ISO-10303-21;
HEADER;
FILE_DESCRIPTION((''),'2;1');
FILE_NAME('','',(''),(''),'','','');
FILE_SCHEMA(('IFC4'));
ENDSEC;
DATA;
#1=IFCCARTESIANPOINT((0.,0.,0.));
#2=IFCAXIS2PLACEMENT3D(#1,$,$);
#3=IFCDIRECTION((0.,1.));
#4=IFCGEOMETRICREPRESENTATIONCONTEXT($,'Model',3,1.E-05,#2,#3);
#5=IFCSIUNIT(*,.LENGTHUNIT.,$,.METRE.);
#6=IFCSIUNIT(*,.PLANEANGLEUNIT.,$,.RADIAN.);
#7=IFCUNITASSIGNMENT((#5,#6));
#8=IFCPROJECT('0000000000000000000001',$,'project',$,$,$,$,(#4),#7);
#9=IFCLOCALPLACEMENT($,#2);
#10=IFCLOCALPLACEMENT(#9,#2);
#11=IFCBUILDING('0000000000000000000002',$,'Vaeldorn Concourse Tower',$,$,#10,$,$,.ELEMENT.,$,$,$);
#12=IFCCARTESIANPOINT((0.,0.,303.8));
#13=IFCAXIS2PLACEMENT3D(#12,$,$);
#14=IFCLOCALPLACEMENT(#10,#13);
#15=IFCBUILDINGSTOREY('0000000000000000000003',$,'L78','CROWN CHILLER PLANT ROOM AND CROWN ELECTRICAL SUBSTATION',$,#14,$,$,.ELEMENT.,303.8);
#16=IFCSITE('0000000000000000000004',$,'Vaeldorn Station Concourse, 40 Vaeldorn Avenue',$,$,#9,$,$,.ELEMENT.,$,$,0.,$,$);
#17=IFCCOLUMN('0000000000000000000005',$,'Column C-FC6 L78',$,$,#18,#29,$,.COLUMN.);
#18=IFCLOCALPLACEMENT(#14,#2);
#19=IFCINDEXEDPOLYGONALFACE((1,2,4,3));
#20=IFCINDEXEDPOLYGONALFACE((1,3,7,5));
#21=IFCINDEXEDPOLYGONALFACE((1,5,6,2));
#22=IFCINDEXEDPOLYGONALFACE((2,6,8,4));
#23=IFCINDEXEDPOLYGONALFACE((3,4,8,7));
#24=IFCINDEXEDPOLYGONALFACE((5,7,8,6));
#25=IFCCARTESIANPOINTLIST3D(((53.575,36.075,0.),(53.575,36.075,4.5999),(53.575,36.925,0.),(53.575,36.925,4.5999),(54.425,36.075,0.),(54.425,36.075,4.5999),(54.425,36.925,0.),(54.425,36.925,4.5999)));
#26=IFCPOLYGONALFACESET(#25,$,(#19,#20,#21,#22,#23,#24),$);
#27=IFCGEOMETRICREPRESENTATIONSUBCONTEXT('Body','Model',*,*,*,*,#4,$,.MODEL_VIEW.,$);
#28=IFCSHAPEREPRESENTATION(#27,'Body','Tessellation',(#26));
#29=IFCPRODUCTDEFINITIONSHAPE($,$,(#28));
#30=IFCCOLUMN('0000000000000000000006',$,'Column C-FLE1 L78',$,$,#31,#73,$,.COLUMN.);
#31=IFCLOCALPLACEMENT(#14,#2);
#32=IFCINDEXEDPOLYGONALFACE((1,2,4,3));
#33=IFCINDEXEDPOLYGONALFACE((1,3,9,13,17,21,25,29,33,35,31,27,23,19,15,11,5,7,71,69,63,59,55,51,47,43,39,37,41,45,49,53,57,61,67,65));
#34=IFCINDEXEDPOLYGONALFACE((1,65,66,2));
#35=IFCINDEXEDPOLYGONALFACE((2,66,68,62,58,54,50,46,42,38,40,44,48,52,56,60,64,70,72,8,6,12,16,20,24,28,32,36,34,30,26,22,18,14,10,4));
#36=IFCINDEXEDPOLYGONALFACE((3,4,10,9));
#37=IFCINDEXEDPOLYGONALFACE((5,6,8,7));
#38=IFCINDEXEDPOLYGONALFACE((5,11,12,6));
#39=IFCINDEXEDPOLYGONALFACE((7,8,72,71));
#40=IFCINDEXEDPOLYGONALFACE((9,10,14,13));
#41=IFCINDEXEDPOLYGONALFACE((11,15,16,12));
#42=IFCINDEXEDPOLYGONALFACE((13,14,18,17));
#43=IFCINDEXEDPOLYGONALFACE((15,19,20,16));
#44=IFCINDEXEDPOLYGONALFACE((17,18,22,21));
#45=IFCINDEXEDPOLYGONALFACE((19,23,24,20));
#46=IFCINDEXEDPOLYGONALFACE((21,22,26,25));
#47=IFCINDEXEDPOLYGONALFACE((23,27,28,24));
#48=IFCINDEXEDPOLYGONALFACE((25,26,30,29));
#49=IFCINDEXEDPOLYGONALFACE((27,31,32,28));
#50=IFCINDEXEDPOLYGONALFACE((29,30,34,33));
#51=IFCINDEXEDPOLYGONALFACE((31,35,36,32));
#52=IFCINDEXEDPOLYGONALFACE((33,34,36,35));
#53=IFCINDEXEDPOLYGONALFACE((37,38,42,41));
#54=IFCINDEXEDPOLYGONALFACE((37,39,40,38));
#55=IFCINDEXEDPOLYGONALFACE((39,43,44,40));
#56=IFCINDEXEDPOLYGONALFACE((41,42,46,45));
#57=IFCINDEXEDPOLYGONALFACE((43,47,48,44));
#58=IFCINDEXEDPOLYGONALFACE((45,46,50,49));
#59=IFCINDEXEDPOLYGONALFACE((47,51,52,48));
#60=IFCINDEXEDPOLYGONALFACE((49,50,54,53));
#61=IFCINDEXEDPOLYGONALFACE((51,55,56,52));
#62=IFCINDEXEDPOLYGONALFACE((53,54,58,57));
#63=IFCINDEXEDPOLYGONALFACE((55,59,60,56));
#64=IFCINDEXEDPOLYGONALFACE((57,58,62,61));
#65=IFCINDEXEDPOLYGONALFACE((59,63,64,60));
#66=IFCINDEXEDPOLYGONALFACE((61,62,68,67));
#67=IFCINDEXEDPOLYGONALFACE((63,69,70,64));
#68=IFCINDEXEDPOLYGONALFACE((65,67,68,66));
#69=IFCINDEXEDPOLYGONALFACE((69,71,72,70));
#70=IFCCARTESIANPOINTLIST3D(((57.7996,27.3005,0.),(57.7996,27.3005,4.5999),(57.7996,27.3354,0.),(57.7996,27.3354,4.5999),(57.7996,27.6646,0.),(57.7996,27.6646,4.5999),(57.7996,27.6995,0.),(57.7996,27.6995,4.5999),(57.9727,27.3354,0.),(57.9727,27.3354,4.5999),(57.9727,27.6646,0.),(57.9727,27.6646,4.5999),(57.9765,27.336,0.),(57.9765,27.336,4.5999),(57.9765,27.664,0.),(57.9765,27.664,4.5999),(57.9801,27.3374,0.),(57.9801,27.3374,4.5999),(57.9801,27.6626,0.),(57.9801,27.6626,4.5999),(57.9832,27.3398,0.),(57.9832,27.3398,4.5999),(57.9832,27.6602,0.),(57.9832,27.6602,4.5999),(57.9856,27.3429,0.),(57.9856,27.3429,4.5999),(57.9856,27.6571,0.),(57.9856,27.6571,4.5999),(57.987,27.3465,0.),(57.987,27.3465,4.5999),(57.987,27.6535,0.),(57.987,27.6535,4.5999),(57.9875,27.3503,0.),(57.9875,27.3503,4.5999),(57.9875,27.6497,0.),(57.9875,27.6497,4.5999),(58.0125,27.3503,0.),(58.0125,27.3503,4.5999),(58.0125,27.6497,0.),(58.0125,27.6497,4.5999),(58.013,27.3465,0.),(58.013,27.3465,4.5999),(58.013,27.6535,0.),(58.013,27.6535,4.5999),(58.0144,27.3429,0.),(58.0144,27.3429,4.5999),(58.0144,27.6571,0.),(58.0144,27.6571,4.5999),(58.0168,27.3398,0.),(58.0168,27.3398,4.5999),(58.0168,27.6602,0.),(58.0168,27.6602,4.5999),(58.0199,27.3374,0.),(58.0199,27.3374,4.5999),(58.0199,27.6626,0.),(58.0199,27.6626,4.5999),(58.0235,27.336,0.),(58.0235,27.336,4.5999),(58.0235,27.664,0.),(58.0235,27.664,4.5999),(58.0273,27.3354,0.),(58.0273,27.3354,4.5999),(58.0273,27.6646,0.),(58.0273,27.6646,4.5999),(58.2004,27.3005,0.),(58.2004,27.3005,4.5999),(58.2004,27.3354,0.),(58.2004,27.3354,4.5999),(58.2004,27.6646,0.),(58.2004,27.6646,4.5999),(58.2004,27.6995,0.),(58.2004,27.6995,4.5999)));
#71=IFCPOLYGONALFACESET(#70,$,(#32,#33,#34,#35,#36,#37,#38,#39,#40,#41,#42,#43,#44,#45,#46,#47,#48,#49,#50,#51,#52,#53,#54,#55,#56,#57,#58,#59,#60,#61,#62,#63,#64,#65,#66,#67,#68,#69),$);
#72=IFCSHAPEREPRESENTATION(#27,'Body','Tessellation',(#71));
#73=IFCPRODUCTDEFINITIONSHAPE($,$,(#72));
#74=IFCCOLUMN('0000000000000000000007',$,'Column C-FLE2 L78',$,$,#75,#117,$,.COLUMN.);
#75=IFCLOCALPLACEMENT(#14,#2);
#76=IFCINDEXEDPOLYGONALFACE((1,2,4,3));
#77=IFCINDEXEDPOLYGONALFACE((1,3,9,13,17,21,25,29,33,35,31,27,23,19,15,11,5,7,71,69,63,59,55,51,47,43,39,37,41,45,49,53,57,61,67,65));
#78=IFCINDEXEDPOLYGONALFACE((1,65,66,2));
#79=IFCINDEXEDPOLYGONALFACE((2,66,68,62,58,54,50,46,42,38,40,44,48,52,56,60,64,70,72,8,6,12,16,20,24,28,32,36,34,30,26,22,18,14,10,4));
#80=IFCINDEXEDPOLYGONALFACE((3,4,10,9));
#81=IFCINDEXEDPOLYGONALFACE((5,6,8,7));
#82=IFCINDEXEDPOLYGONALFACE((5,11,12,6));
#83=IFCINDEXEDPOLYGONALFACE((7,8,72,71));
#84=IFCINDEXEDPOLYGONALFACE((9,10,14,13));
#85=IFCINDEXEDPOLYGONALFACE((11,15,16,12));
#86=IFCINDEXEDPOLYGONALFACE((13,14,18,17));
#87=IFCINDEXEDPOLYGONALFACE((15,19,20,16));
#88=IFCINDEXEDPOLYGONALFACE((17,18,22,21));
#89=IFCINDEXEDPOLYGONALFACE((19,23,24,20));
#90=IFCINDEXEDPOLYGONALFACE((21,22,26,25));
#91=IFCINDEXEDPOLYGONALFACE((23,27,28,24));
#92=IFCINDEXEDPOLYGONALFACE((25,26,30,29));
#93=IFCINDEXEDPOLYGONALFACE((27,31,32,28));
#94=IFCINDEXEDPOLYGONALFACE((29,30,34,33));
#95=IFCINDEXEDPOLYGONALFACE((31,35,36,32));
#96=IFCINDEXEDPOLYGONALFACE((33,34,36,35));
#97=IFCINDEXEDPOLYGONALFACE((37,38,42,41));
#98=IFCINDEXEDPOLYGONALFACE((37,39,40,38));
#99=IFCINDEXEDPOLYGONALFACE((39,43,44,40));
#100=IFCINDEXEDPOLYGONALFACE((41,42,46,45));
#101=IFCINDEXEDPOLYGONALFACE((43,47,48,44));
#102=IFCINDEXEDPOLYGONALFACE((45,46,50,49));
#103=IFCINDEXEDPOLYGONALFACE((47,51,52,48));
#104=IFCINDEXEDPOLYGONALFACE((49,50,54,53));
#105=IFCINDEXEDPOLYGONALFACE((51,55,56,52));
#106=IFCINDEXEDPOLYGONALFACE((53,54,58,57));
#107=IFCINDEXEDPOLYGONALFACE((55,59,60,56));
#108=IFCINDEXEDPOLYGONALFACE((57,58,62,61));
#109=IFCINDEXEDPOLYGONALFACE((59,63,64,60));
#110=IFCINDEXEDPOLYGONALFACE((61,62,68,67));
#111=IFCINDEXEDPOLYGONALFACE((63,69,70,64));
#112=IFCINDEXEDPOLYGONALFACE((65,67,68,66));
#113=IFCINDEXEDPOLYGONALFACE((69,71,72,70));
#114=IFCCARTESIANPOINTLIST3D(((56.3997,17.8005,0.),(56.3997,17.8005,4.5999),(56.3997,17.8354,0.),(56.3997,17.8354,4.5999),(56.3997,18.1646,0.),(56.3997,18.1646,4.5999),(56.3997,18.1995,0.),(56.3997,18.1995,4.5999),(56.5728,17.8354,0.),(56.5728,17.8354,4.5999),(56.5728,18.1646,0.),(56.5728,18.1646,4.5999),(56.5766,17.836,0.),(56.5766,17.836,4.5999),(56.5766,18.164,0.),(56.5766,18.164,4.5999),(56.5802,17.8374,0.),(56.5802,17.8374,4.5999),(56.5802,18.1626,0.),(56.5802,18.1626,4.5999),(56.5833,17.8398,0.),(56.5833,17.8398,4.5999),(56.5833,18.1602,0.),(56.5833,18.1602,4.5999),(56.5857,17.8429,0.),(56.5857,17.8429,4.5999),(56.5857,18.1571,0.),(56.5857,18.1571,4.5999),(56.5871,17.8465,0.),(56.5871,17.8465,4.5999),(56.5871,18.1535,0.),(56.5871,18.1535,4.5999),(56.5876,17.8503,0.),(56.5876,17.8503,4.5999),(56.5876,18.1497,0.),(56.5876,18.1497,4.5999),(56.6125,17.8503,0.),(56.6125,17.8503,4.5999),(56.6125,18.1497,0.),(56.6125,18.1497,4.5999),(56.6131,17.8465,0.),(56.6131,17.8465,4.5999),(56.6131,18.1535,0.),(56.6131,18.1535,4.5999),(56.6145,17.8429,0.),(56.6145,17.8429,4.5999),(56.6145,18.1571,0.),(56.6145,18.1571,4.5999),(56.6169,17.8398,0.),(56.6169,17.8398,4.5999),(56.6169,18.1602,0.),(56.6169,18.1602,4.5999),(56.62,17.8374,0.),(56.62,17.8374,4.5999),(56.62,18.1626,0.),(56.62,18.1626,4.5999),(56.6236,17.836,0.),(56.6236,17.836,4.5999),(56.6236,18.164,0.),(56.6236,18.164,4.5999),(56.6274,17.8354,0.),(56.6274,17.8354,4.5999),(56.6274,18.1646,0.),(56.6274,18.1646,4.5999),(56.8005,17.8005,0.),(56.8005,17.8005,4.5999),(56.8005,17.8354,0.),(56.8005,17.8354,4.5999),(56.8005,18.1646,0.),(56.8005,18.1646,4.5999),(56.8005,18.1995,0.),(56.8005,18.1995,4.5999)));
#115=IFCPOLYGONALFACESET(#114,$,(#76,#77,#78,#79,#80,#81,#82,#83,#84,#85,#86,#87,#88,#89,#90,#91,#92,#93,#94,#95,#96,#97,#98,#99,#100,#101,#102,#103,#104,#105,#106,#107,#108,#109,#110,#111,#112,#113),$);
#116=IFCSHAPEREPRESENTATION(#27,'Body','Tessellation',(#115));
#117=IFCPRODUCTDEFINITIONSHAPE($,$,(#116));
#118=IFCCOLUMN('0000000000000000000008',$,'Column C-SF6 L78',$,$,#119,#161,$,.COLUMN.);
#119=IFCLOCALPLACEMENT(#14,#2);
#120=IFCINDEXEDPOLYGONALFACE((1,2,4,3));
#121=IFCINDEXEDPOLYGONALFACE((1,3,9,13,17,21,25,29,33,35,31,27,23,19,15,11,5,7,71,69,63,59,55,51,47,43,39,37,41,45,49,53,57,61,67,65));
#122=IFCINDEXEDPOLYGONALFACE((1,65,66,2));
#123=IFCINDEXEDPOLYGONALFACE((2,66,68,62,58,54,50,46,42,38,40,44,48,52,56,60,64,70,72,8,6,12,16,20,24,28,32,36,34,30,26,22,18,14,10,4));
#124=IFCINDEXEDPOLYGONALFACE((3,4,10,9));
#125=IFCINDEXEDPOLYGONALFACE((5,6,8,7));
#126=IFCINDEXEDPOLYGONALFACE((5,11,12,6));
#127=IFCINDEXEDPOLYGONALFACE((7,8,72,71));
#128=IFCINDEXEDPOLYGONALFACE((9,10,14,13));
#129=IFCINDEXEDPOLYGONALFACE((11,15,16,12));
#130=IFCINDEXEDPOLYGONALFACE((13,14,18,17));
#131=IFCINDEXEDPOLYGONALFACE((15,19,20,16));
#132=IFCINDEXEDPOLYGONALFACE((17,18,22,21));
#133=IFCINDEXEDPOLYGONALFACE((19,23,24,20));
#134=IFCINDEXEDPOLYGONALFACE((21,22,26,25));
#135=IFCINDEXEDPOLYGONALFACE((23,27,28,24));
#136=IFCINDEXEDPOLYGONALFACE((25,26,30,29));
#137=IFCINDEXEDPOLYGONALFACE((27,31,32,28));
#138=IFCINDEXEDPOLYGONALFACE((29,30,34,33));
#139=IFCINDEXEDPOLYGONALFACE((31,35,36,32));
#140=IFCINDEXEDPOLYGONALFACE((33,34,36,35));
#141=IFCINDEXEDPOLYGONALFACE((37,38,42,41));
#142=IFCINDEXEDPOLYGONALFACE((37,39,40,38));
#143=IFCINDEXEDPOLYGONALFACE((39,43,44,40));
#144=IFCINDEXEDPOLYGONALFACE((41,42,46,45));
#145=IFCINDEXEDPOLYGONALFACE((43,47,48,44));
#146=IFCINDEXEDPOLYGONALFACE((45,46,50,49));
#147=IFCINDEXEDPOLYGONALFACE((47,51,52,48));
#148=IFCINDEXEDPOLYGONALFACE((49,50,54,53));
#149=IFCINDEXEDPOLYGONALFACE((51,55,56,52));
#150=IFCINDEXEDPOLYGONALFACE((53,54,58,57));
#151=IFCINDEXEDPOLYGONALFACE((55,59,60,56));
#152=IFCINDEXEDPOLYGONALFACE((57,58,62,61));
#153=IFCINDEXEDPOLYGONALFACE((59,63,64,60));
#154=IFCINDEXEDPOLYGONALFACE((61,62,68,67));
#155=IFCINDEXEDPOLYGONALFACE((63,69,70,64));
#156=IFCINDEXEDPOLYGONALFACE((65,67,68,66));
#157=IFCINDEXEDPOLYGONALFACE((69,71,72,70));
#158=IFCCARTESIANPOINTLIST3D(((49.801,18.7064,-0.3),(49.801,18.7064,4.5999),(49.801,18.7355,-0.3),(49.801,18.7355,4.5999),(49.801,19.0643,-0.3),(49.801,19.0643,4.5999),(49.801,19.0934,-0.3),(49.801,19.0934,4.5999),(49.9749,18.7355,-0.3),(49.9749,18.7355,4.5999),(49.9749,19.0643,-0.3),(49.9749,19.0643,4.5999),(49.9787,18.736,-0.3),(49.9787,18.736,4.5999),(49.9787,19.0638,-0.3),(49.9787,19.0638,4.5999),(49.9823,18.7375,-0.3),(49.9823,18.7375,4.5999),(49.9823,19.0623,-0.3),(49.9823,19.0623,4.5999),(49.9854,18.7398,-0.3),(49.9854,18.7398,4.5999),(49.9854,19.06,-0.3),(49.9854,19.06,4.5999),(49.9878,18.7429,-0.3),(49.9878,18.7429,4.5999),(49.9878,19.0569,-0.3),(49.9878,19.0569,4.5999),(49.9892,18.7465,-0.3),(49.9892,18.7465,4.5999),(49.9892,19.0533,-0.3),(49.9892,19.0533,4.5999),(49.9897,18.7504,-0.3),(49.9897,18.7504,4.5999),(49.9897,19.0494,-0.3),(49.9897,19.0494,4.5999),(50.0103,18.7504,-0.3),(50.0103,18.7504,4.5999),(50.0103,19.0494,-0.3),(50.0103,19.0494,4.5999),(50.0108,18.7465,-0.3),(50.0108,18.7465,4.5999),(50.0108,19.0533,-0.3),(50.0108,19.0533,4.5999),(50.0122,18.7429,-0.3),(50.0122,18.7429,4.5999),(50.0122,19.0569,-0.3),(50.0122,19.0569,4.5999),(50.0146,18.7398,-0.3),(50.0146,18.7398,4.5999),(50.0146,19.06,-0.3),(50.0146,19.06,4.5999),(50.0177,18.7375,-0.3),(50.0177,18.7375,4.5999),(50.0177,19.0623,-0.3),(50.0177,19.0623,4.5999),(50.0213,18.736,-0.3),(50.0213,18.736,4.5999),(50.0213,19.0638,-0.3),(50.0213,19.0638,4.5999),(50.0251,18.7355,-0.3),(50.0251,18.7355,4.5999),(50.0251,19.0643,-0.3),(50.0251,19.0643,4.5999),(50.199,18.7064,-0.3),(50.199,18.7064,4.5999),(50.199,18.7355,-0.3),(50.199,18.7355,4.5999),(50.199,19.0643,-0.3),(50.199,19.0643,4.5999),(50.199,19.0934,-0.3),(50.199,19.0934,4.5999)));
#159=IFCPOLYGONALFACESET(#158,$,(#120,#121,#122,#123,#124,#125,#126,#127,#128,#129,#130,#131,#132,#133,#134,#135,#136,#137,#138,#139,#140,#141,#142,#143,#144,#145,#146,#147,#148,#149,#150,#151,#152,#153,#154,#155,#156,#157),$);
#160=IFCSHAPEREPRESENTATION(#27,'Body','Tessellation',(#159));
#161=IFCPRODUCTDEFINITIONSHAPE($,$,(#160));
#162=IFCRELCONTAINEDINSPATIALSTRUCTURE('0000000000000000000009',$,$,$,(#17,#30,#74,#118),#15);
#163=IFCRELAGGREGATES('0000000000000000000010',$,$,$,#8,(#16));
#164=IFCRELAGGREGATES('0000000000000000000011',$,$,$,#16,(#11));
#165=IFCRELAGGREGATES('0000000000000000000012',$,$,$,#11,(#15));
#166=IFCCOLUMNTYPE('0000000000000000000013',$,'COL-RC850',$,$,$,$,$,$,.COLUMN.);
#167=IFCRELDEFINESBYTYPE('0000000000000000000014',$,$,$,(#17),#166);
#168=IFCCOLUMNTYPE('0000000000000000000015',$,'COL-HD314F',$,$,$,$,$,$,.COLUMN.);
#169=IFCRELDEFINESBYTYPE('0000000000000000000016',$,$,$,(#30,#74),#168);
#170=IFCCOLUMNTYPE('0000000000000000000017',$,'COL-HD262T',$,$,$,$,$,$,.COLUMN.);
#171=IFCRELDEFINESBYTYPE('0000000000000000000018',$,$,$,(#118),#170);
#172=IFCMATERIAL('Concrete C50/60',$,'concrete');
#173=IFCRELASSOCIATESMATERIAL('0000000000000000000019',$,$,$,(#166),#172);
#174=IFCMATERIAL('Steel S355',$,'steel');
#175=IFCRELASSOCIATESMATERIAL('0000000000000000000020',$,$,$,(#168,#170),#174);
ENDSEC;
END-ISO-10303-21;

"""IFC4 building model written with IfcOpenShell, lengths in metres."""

from ifc_helpers import new_model, si_unit, direction, frame, origin, origin_2d, place, context, subcontext, project, spatial, rectangle, i_section, extrude, source, transform, mapped, material, material_profile, profile_set, type_object, element, save


model = new_model("IFC4")

# Units and contexts
model_context = context("Model", 3, precision=1e-05, world=origin(), true_north=direction((0.0, 1.0)))
body_context = subcontext(model_context, "Body", "Model", "MODEL_VIEW")
ifc_project = project(units=[si_unit("LENGTHUNIT", "METRE"), si_unit("PLANEANGLEUNIT", "RADIAN")], contexts=[model_context])

# Site, building, storey
site_placement = place(None, origin())
site = spatial("IfcSite", under=ifc_project, at=site_placement, Name="Vaeldorn Station Concourse, 40 Vaeldorn Avenue", CompositionType="ELEMENT", RefElevation=0.0)
building_placement = place(site_placement, origin())
building = spatial("IfcBuilding", under=site, at=building_placement, Name="Vaeldorn Concourse Tower", CompositionType="ELEMENT")
storey_placement = place(building_placement, frame((0.0, 0.0, 303.8)))
storey = spatial("IfcBuildingStorey", under=building, at=storey_placement, Name="L78", Description="CROWN CHILLER PLANT ROOM AND CROWN ELECTRICAL SUBSTATION", CompositionType="ELEMENT", Elevation=303.8)

# Columns
ifc_material_1 = material(Name="Concrete C50/60", Category="concrete")
ifc_material_profile_1 = material_profile(ifc_material_1, rectangle(XDim=0.8501, YDim=0.8501, at=origin_2d()), Name="RC 850x850")
ifc_profile_set_1 = profile_set([ifc_material_profile_1], Name="Concrete C50/60")
column_type_1 = type_object("IfcColumnType", Name="COL-RC850", PredefinedType="COLUMN", material=ifc_profile_set_1)
shared_shape_1 = source(origin(), body_context, "Body", "SweptSolid", [
    extrude(rectangle(XDim=0.8501, YDim=0.8501, at=origin_2d()), origin(), (0.0, 0.0, 1.0), 4.5999),
])
column_1_placement = place(storey_placement, frame((54.0, 36.5, 0.0), z_axis=(0.0, 0.0, 1.0), x_axis=(1.0, 0.0, 0.0)))
element("IfcColumn", 1, at=column_1_placement, inside=storey, type_object=column_type_1, Name="Column C-FC6 L78", PredefinedType="COLUMN", context=body_context, shape_type="MappedRepresentation", body=[
    mapped(shared_shape_1, transform((0.0, 0.0, 0.0), scale=1.0)),
])
ifc_material_2 = material(Name="Steel S355", Category="steel")
ifc_material_profile_2 = material_profile(ifc_material_2, i_section(OverallWidth=0.4009, OverallDepth=0.3989, WebThickness=0.0249, FlangeThickness=0.0349, FilletRadius=0.0149, at=origin_2d()), Name="HD 400x314")
ifc_profile_set_2 = profile_set([ifc_material_profile_2], Name="Steel S355")
column_type_2 = type_object("IfcColumnType", Name="COL-HD314F", PredefinedType="COLUMN", material=ifc_profile_set_2)
shared_shape_2 = source(origin(), body_context, "Body", "SweptSolid", [
    extrude(i_section(OverallWidth=0.4009, OverallDepth=0.3989, WebThickness=0.0249, FlangeThickness=0.0349, FilletRadius=0.0149, at=origin_2d()), origin(), (0.0, 0.0, 1.0), 4.5999),
])
for number, where, z_axis, x_axis, name in (
    (2, (58.0, 27.5, 0.0), (0.0, 0.0, 1.0), (1.0, 0.0, 0.0), "Column C-FLE1 L78"),
    (3, (56.6001, 18.0, 0.0), (0.0, 0.0, 1.0), (1.0, 0.0, 0.0), "Column C-FLE2 L78"),
):
    element("IfcColumn", number, at=place(storey_placement, frame(where, z_axis=z_axis, x_axis=x_axis)), inside=storey, type_object=column_type_2, Name=name, PredefinedType="COLUMN", context=body_context, shape_type="MappedRepresentation", body=[
        mapped(shared_shape_2, transform((0.0, 0.0, 0.0), scale=1.0)),
    ])
ifc_material_profile_3 = material_profile(ifc_material_2, i_section(OverallWidth=0.3979, OverallDepth=0.387, WebThickness=0.0205, FlangeThickness=0.0291, FilletRadius=0.0149, at=origin_2d()), Name="HD 400x262")
ifc_profile_set_3 = profile_set([ifc_material_profile_3], Name="Steel S355")
column_type_3 = type_object("IfcColumnType", Name="COL-HD262T", PredefinedType="COLUMN", material=ifc_profile_set_3)
shared_shape_3 = source(origin(), body_context, "Body", "SweptSolid", [
    extrude(i_section(OverallWidth=0.3979, OverallDepth=0.387, WebThickness=0.0205, FlangeThickness=0.0291, FilletRadius=0.0149, at=origin_2d()), origin(), (0.0, 0.0, 1.0), 4.8999),
])
column_2_placement = place(storey_placement, frame((50.0, 18.8999, -0.3), z_axis=(0.0, 0.0, 1.0), x_axis=(1.0, 0.0, 0.0)))
element("IfcColumn", 4, at=column_2_placement, inside=storey, type_object=column_type_3, Name="Column C-SF6 L78", PredefinedType="COLUMN", context=body_context, shape_type="MappedRepresentation", body=[
    mapped(shared_shape_3, transform((0.0, 0.0, 0.0), scale=1.0)),
])

save(model, "model.ifc")
